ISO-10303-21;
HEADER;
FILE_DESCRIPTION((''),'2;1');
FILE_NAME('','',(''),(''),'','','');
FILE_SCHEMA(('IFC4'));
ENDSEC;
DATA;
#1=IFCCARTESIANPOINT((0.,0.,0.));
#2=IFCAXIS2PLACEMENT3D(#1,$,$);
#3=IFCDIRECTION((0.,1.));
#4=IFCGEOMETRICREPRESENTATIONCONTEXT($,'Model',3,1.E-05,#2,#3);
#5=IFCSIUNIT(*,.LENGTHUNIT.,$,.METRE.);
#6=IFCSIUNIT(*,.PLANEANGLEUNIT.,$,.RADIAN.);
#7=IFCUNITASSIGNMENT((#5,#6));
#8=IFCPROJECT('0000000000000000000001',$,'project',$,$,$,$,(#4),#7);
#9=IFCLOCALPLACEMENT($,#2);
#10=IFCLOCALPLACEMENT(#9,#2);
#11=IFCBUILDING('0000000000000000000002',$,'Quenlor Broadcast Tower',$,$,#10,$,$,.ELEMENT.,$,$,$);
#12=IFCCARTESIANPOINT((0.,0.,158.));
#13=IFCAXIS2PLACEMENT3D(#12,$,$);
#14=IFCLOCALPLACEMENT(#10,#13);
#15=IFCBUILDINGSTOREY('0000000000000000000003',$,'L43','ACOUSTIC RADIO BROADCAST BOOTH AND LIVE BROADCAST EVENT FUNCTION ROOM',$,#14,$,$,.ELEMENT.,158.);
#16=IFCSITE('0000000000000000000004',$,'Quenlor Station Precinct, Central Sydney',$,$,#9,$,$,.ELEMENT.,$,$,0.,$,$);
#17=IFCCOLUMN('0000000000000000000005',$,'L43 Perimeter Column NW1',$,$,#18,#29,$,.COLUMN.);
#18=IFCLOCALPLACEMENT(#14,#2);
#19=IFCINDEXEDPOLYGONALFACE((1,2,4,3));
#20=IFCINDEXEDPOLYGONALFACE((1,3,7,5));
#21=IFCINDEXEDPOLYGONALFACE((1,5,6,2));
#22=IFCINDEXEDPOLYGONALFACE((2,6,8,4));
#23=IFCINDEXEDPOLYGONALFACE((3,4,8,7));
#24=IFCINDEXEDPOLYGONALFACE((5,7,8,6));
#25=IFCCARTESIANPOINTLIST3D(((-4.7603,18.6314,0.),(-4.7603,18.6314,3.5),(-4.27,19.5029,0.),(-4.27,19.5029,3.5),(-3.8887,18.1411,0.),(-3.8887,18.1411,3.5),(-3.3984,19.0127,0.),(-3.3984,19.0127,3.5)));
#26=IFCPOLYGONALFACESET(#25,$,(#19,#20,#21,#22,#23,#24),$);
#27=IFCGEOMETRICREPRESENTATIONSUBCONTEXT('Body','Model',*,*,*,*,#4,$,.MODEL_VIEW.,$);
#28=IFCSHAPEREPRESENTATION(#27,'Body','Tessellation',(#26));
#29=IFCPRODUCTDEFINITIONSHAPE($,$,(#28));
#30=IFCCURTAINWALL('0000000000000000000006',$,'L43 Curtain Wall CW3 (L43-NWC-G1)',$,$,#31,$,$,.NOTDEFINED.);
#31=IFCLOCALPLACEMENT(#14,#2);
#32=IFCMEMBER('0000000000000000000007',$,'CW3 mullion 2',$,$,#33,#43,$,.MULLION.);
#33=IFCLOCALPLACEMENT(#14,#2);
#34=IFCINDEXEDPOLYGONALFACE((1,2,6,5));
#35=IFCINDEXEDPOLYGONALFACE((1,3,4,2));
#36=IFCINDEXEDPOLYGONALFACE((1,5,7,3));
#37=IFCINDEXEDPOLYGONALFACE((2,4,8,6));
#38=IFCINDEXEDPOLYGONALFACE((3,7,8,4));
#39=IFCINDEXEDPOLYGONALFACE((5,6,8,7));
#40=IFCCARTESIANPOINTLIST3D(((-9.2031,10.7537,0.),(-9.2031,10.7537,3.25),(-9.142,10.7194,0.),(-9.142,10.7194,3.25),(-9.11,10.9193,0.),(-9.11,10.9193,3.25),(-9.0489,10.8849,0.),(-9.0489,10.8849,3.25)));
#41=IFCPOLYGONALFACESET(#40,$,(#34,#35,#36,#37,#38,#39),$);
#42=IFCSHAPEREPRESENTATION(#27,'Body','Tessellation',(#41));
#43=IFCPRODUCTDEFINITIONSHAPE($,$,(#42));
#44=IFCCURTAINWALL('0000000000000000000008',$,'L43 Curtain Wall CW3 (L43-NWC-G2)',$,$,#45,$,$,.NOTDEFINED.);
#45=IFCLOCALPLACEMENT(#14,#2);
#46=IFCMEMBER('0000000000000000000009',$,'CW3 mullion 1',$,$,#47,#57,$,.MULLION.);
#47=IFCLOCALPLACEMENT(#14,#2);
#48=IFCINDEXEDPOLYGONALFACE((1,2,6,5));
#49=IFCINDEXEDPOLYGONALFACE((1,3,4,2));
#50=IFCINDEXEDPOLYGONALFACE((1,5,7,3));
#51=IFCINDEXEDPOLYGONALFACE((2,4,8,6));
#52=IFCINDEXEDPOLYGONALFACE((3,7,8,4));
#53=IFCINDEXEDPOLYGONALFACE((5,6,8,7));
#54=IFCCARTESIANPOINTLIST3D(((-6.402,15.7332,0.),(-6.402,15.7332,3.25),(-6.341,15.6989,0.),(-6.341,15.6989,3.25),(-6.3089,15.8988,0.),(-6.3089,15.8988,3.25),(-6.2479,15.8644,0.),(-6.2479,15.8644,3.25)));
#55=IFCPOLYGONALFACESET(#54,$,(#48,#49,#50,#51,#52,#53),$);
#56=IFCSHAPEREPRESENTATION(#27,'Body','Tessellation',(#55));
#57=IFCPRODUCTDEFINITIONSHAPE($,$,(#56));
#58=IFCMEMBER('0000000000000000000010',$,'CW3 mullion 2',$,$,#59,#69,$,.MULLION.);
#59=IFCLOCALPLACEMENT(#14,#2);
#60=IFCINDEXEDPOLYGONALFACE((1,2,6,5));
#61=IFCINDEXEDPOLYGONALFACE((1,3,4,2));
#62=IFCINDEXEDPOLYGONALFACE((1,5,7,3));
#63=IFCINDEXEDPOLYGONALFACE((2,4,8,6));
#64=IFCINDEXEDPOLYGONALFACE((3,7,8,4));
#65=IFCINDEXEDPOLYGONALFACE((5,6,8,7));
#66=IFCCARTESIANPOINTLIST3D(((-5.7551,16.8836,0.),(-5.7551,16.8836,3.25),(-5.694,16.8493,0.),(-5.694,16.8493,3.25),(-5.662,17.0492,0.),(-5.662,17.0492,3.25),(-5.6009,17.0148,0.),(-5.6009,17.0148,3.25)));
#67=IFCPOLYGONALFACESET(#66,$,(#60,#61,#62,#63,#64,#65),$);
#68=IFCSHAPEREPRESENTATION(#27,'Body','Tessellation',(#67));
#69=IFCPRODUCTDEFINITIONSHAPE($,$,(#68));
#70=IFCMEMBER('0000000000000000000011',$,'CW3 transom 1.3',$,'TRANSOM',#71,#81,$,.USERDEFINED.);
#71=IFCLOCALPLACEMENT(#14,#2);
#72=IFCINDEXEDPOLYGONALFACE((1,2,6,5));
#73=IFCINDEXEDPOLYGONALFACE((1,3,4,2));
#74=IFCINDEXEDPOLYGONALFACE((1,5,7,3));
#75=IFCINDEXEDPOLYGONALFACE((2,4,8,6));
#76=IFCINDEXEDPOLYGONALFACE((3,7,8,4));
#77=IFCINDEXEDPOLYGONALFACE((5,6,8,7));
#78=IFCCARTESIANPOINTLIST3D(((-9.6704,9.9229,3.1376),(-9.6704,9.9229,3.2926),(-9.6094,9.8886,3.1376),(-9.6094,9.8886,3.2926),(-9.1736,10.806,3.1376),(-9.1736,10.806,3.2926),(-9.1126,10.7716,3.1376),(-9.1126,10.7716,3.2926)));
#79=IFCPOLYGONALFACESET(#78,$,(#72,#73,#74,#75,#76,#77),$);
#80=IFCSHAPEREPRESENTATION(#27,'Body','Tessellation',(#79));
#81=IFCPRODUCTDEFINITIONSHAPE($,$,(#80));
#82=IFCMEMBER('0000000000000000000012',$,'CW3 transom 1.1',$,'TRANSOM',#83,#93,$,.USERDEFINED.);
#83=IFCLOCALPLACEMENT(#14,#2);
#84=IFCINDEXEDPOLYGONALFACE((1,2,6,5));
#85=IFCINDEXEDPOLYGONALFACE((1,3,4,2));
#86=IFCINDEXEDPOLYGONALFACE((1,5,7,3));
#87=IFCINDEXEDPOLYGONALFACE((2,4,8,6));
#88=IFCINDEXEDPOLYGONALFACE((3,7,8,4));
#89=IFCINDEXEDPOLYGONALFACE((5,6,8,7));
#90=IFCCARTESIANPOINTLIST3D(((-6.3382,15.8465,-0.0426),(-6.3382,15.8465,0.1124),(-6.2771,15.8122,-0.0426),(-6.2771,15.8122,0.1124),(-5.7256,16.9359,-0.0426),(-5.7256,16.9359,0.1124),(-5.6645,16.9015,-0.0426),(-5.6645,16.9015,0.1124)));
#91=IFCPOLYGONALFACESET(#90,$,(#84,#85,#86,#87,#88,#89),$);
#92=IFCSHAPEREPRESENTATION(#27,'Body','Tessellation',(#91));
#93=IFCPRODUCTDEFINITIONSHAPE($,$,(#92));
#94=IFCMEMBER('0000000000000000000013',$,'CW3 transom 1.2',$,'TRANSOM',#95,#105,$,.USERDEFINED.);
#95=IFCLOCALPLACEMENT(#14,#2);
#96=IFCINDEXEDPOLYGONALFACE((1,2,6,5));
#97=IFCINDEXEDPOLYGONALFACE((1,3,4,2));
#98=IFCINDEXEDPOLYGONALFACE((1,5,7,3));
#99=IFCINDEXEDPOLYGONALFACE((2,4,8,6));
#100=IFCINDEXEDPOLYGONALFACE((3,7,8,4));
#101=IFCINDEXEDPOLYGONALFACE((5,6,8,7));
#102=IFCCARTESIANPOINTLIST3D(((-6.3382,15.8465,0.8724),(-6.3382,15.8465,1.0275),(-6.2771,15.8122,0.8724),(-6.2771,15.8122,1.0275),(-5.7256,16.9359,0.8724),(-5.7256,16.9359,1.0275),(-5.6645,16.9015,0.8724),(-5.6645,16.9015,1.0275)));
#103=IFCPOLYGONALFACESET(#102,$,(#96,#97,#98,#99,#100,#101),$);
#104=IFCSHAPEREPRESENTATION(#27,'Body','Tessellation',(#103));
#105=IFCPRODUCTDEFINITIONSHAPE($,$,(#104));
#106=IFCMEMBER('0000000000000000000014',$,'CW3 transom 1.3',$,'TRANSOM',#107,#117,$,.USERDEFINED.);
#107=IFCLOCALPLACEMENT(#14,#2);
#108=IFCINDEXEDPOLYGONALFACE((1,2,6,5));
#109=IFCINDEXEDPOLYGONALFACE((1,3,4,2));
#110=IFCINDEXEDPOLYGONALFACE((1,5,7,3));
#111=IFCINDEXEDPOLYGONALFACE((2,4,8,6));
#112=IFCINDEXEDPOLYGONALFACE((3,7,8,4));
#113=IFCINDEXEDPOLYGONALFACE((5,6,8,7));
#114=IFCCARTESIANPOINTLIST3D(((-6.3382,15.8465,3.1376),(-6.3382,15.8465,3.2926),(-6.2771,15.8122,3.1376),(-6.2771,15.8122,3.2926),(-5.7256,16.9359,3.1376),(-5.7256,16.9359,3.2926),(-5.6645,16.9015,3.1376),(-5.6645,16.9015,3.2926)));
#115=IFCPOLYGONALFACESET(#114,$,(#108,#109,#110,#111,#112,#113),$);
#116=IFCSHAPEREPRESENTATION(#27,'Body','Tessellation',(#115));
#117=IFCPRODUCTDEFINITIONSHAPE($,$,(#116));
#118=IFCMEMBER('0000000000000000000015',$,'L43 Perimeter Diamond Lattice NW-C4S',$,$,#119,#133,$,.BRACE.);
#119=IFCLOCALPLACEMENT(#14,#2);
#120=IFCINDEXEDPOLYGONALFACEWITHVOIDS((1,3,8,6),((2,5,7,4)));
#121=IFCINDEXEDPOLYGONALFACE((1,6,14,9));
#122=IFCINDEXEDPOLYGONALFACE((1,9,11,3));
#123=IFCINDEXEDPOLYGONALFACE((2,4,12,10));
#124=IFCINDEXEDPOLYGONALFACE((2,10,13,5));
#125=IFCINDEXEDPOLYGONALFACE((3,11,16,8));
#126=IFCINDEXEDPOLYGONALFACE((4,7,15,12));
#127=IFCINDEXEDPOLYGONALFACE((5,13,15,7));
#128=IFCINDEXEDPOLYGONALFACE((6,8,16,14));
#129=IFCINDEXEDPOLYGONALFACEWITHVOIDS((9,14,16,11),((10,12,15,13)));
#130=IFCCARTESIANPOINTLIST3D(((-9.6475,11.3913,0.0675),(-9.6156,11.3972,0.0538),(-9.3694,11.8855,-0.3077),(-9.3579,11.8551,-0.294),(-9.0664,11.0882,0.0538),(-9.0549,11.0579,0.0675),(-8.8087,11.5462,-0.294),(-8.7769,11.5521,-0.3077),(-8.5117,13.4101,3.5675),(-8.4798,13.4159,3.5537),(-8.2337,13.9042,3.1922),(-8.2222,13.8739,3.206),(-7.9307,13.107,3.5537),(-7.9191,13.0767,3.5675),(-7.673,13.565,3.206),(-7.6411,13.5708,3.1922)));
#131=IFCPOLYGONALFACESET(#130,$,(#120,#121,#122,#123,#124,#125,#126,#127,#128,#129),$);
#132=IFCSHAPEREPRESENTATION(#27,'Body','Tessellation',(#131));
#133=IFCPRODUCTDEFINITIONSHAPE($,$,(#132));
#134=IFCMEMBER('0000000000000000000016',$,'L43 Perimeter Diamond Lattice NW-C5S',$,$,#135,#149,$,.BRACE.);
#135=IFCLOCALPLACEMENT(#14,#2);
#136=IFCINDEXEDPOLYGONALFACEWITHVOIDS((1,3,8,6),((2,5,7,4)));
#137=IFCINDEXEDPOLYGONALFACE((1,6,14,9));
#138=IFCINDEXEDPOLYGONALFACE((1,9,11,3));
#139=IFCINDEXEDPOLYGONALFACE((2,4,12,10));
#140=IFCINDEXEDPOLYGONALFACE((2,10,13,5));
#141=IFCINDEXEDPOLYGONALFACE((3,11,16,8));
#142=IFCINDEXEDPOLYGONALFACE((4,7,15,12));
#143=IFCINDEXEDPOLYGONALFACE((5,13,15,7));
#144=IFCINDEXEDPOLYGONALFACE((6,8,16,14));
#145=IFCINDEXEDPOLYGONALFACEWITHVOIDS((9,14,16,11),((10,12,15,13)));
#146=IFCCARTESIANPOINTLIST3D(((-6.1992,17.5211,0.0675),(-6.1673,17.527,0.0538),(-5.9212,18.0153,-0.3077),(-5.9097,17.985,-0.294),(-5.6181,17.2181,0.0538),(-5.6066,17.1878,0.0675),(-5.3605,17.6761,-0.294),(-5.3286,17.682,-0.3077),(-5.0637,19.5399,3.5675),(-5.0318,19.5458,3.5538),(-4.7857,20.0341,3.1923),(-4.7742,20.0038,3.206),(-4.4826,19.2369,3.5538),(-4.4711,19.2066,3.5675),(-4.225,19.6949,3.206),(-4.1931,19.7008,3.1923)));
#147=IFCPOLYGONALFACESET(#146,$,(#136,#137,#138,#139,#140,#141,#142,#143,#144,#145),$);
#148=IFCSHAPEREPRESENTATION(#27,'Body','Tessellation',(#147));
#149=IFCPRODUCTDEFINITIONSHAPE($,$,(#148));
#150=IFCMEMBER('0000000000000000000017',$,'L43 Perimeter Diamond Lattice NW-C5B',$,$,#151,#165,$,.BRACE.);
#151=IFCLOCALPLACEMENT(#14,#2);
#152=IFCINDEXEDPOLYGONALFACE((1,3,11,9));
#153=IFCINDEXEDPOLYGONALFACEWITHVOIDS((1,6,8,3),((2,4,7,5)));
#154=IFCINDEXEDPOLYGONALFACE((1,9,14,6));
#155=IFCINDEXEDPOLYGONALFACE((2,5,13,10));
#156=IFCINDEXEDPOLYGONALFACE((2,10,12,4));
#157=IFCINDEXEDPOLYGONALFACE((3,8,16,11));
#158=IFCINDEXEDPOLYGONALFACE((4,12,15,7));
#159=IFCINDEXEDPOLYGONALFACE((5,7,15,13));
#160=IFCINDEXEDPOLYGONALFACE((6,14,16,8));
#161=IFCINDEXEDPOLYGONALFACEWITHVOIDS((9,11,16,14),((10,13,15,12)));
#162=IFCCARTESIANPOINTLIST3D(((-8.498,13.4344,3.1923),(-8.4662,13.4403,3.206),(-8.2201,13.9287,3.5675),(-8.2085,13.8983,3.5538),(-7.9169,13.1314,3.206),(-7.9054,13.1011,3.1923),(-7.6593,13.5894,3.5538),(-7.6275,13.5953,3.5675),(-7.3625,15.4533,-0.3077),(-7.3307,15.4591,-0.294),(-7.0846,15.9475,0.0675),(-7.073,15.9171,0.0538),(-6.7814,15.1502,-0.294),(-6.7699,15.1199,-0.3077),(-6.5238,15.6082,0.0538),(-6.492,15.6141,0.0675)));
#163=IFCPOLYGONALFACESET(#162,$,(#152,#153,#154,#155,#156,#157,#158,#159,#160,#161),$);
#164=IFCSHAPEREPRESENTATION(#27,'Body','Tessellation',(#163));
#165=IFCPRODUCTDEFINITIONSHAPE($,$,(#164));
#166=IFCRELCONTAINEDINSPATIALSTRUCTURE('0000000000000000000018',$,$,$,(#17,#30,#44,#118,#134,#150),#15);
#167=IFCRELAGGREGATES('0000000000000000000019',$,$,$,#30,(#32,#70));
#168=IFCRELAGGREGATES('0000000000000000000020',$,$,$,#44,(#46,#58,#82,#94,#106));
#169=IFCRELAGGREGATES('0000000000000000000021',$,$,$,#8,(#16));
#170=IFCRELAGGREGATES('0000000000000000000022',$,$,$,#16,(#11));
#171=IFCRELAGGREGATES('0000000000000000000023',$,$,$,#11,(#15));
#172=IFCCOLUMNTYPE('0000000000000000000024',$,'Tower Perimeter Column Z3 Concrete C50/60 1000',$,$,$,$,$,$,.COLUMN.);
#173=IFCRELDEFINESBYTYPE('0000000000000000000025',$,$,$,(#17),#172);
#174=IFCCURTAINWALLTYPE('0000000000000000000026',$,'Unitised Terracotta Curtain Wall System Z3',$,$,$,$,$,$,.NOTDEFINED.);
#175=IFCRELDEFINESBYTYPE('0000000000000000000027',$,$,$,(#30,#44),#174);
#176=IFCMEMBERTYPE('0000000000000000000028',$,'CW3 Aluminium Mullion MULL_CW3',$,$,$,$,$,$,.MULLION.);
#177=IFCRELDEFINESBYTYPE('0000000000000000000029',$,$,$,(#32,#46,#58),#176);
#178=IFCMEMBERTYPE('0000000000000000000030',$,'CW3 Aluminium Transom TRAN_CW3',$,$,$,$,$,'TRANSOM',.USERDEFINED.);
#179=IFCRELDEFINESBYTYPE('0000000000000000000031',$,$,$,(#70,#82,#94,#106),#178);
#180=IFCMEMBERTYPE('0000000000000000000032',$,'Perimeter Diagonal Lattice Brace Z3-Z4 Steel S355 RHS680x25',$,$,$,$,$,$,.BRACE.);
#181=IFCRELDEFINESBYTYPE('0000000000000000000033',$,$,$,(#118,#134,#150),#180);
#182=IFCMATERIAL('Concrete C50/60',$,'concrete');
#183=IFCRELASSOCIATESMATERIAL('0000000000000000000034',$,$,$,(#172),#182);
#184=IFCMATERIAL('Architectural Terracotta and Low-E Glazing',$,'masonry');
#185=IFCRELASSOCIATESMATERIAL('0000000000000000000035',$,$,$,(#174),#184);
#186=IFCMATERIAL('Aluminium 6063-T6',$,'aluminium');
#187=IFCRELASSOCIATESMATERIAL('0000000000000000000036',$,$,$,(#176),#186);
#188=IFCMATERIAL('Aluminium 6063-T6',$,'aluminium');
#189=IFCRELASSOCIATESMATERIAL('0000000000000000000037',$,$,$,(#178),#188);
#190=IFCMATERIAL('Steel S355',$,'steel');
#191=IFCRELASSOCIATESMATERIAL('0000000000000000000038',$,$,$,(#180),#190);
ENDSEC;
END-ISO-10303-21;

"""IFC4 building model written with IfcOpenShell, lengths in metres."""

from ifc_helpers import new_model, si_unit, direction, frame, origin, origin_2d, place, context, subcontext, project, spatial, rectangle, hollow_rectangle, extrude, material, material_profile, profile_set, type_object, element, aggregate, save


model = new_model("IFC4")

# Units and contexts
model_context = context("Model", 3, precision=1e-05, world=origin(), true_north=direction((0.0, 1.0)))
body_context = subcontext(model_context, "Body", "Model", "MODEL_VIEW")
ifc_project = project(units=[si_unit("LENGTHUNIT", "METRE"), si_unit("PLANEANGLEUNIT", "RADIAN")], contexts=[model_context])

# Site, building, storey
site_placement = place(None, origin())
site = spatial("IfcSite", under=ifc_project, at=site_placement, Name="Quenlor Station Precinct, Central Sydney", CompositionType="ELEMENT", RefElevation=0.0)
building_placement = place(site_placement, origin())
building = spatial("IfcBuilding", under=site, at=building_placement, Name="Quenlor Broadcast Tower", CompositionType="ELEMENT")
storey_placement = place(building_placement, frame((0.0, 0.0, 158.0)))
storey = spatial("IfcBuildingStorey", under=building, at=storey_placement, Name="L43", Description="ACOUSTIC RADIO BROADCAST BOOTH AND LIVE BROADCAST EVENT FUNCTION ROOM", CompositionType="ELEMENT", Elevation=158.0)

# Column
ifc_material_1 = material(Name="Concrete C50/60", Category="concrete")
ifc_material_profile_1 = material_profile(ifc_material_1, rectangle(XDim=1.0, YDim=1.0, at=origin_2d()))
ifc_profile_set_1 = profile_set([ifc_material_profile_1], Name="Concrete C50/60 RC1000x1000")
column_type = type_object("IfcColumnType", Name="Tower Perimeter Column Z3 Concrete C50/60 1000", PredefinedType="COLUMN", material=ifc_profile_set_1)
column_placement = place(storey_placement, frame((-4.0793, 18.822, 0.0), z_axis=(0.0, 0.0, 1.0), x_axis=(-0.871575, 0.490262, 0.0)))
element("IfcColumn", 1, at=column_placement, inside=storey, type_object=column_type, Name="L43 Perimeter Column NW1", PredefinedType="COLUMN", context=body_context, shape_type="SweptSolid", body=[
    extrude(rectangle(XDim=1.0, YDim=1.0, at=origin_2d()), origin(), (0.0, 0.0, 1.0), 3.5),
])

# Curtain wall, member
ifc_material_2 = material(Name="Architectural Terracotta and Low-E Glazing", Category="masonry")
curtain_wall_type = type_object("IfcCurtainWallType", Name="Unitised Terracotta Curtain Wall System Z3", PredefinedType="NOTDEFINED", material=ifc_material_2)
curtain_wall_1_placement = place(storey_placement, origin())
curtain_wall_1 = element("IfcCurtainWall", 2, at=curtain_wall_1_placement, inside=storey, type_object=curtain_wall_type, Name="L43 Curtain Wall CW3 (L43-NWC-G1)", PredefinedType="NOTDEFINED")
ifc_material_3 = material(Name="Aluminium 6063-T6", Category="aluminium")
ifc_material_profile_2 = material_profile(ifc_material_3, rectangle(XDim=0.0701, YDim=0.1899, at=origin_2d()))
ifc_profile_set_2 = profile_set([ifc_material_profile_2], Name="Aluminium 6063-T6 MULL70x190")
member_type_1 = type_object("IfcMemberType", Name="CW3 Aluminium Mullion MULL_CW3", PredefinedType="MULLION", material=ifc_profile_set_2)
member_1_placement = place(storey_placement, frame((-9.126, 10.8193, 0.0), z_axis=(0.0, 0.0, 1.0), x_axis=(-0.871601, 0.490216, 0.0)))
member_1 = element("IfcMember", 3, at=member_1_placement, type_object=member_type_1, Name="CW3 mullion 2", PredefinedType="MULLION", context=body_context, shape_type="SweptSolid", body=[
    extrude(rectangle(XDim=0.0701, YDim=0.1899, at=origin_2d()), origin(), (0.0, 0.0, 1.0), 3.25),
])

# Curtain wall, members
curtain_wall_2_placement = place(storey_placement, origin())
curtain_wall_2 = element("IfcCurtainWall", 4, at=curtain_wall_2_placement, inside=storey, type_object=curtain_wall_type, Name="L43 Curtain Wall CW3 (L43-NWC-G2)", PredefinedType="NOTDEFINED")
member_2_placement = place(storey_placement, frame((-6.325, 15.7988, 0.0), z_axis=(0.0, 0.0, 1.0), x_axis=(-0.871593, 0.49023, 0.0)))
member_2 = element("IfcMember", 5, at=member_2_placement, type_object=member_type_1, Name="CW3 mullion 1", PredefinedType="MULLION", context=body_context, shape_type="SweptSolid", body=[
    extrude(rectangle(XDim=0.0701, YDim=0.1899, at=origin_2d()), origin(), (0.0, 0.0, 1.0), 3.25),
])
member_3_placement = place(storey_placement, frame((-5.678, 16.9492, 0.0), z_axis=(0.0, 0.0, 1.0), x_axis=(-0.871593, 0.49023, 0.0)))
member_3 = element("IfcMember", 6, at=member_3_placement, type_object=member_type_1, Name="CW3 mullion 2", PredefinedType="MULLION", context=body_context, shape_type="SweptSolid", body=[
    extrude(rectangle(XDim=0.0701, YDim=0.1899, at=origin_2d()), origin(), (0.0, 0.0, 1.0), 3.25),
])

# Members
ifc_material_4 = material(Name="Aluminium 6063-T6", Category="aluminium")
ifc_material_profile_3 = material_profile(ifc_material_4, rectangle(XDim=0.0701, YDim=0.155, at=origin_2d()))
ifc_profile_set_3 = profile_set([ifc_material_profile_3], Name="Aluminium 6063-T6 TRAN70x155")
member_type_2 = type_object("IfcMemberType", Name="CW3 Aluminium Transom TRAN_CW3", ElementType="TRANSOM", PredefinedType="USERDEFINED", material=ifc_profile_set_3)
member_4_placement = place(storey_placement, frame((-9.6399, 9.9058, 3.2151), z_axis=(0.490341, 0.87153, 0.0), x_axis=(-0.87153, 0.490341, 0.0)))
member_4 = element("IfcMember", 7, at=member_4_placement, type_object=member_type_2, Name="CW3 transom 1.3", ObjectType="TRANSOM", PredefinedType="USERDEFINED", context=body_context, shape_type="SweptSolid", body=[
    extrude(rectangle(XDim=0.0701, YDim=0.155, at=origin_2d()), origin(), (0.0, 0.0, 1.0), 1.0132),
])
member_5_placement = place(storey_placement, frame((-6.3076, 15.8293, 0.0349), z_axis=(0.490131, 0.871649, 0.0), x_axis=(-0.871649, 0.490131, 0.0)))
member_5 = element("IfcMember", 8, at=member_5_placement, type_object=member_type_2, Name="CW3 transom 1.1", ObjectType="TRANSOM", PredefinedType="USERDEFINED", context=body_context, shape_type="SweptSolid", body=[
    extrude(rectangle(XDim=0.0701, YDim=0.155, at=origin_2d()), origin(), (0.0, 0.0, 1.0), 1.2498),
])
member_6_placement = place(storey_placement, frame((-6.3076, 15.8293, 0.95), z_axis=(0.490131, 0.871649, 0.0), x_axis=(-0.871649, 0.490131, 0.0)))
member_6 = element("IfcMember", 9, at=member_6_placement, type_object=member_type_2, Name="CW3 transom 1.2", ObjectType="TRANSOM", PredefinedType="USERDEFINED", context=body_context, shape_type="SweptSolid", body=[
    extrude(rectangle(XDim=0.0701, YDim=0.155, at=origin_2d()), origin(), (0.0, 0.0, 1.0), 1.2498),
])
member_7_placement = place(storey_placement, frame((-6.3076, 15.8293, 3.2151), z_axis=(0.490131, 0.871649, 0.0), x_axis=(-0.871649, 0.490131, 0.0)))
member_7 = element("IfcMember", 10, at=member_7_placement, type_object=member_type_2, Name="CW3 transom 1.3", ObjectType="TRANSOM", PredefinedType="USERDEFINED", context=body_context, shape_type="SweptSolid", body=[
    extrude(rectangle(XDim=0.0701, YDim=0.155, at=origin_2d()), origin(), (0.0, 0.0, 1.0), 1.2498),
])

# Members
ifc_material_5 = material(Name="Steel S355", Category="steel")
ifc_material_profile_4 = material_profile(ifc_material_5, hollow_rectangle(XDim=0.6799, YDim=0.6799, WallThickness=0.0249, at=origin_2d()))
ifc_profile_set_4 = profile_set([ifc_material_profile_4], Name="Steel S355 RHS680x680x25")
member_type_3 = type_object("IfcMemberType", Name="Perimeter Diagonal Lattice Brace Z3-Z4 Steel S355 RHS680x25", PredefinedType="BRACE", material=ifc_profile_set_4)
for number, where, z_axis, x_axis, name in (
    (11, (-9.2122, 11.4717, -0.1201), (0.270603, 0.481001, 0.833914), (-0.871545, 0.490316, 0.0), "L43 Perimeter Diamond Lattice NW-C4S"),
    (12, (-5.7639, 17.6016, -0.1201), (0.270549, 0.481009, 0.833927), (-0.87159, 0.490236, 0.0), "L43 Perimeter Diamond Lattice NW-C5S"),
    (13, (-6.9272, 15.5337, -0.1201), (-0.270549, -0.481009, 0.833927), (0.87159, -0.490236, 0.0), "L43 Perimeter Diamond Lattice NW-C5B"),
):
    element("IfcMember", number, at=place(storey_placement, frame(where, z_axis=z_axis, x_axis=x_axis)), inside=storey, type_object=member_type_3, Name=name, PredefinedType="BRACE", context=body_context, shape_type="SweptSolid", body=[
        extrude(hollow_rectangle(XDim=0.6799, YDim=0.6799, WallThickness=0.0249, at=origin_2d()), origin(), (0.0, 0.0, 1.0), 4.197),
    ])

aggregate(curtain_wall_1, [member_1, member_4])
aggregate(curtain_wall_2, [member_2, member_3, member_5, member_6, member_7])

save(model, "model.ifc")
